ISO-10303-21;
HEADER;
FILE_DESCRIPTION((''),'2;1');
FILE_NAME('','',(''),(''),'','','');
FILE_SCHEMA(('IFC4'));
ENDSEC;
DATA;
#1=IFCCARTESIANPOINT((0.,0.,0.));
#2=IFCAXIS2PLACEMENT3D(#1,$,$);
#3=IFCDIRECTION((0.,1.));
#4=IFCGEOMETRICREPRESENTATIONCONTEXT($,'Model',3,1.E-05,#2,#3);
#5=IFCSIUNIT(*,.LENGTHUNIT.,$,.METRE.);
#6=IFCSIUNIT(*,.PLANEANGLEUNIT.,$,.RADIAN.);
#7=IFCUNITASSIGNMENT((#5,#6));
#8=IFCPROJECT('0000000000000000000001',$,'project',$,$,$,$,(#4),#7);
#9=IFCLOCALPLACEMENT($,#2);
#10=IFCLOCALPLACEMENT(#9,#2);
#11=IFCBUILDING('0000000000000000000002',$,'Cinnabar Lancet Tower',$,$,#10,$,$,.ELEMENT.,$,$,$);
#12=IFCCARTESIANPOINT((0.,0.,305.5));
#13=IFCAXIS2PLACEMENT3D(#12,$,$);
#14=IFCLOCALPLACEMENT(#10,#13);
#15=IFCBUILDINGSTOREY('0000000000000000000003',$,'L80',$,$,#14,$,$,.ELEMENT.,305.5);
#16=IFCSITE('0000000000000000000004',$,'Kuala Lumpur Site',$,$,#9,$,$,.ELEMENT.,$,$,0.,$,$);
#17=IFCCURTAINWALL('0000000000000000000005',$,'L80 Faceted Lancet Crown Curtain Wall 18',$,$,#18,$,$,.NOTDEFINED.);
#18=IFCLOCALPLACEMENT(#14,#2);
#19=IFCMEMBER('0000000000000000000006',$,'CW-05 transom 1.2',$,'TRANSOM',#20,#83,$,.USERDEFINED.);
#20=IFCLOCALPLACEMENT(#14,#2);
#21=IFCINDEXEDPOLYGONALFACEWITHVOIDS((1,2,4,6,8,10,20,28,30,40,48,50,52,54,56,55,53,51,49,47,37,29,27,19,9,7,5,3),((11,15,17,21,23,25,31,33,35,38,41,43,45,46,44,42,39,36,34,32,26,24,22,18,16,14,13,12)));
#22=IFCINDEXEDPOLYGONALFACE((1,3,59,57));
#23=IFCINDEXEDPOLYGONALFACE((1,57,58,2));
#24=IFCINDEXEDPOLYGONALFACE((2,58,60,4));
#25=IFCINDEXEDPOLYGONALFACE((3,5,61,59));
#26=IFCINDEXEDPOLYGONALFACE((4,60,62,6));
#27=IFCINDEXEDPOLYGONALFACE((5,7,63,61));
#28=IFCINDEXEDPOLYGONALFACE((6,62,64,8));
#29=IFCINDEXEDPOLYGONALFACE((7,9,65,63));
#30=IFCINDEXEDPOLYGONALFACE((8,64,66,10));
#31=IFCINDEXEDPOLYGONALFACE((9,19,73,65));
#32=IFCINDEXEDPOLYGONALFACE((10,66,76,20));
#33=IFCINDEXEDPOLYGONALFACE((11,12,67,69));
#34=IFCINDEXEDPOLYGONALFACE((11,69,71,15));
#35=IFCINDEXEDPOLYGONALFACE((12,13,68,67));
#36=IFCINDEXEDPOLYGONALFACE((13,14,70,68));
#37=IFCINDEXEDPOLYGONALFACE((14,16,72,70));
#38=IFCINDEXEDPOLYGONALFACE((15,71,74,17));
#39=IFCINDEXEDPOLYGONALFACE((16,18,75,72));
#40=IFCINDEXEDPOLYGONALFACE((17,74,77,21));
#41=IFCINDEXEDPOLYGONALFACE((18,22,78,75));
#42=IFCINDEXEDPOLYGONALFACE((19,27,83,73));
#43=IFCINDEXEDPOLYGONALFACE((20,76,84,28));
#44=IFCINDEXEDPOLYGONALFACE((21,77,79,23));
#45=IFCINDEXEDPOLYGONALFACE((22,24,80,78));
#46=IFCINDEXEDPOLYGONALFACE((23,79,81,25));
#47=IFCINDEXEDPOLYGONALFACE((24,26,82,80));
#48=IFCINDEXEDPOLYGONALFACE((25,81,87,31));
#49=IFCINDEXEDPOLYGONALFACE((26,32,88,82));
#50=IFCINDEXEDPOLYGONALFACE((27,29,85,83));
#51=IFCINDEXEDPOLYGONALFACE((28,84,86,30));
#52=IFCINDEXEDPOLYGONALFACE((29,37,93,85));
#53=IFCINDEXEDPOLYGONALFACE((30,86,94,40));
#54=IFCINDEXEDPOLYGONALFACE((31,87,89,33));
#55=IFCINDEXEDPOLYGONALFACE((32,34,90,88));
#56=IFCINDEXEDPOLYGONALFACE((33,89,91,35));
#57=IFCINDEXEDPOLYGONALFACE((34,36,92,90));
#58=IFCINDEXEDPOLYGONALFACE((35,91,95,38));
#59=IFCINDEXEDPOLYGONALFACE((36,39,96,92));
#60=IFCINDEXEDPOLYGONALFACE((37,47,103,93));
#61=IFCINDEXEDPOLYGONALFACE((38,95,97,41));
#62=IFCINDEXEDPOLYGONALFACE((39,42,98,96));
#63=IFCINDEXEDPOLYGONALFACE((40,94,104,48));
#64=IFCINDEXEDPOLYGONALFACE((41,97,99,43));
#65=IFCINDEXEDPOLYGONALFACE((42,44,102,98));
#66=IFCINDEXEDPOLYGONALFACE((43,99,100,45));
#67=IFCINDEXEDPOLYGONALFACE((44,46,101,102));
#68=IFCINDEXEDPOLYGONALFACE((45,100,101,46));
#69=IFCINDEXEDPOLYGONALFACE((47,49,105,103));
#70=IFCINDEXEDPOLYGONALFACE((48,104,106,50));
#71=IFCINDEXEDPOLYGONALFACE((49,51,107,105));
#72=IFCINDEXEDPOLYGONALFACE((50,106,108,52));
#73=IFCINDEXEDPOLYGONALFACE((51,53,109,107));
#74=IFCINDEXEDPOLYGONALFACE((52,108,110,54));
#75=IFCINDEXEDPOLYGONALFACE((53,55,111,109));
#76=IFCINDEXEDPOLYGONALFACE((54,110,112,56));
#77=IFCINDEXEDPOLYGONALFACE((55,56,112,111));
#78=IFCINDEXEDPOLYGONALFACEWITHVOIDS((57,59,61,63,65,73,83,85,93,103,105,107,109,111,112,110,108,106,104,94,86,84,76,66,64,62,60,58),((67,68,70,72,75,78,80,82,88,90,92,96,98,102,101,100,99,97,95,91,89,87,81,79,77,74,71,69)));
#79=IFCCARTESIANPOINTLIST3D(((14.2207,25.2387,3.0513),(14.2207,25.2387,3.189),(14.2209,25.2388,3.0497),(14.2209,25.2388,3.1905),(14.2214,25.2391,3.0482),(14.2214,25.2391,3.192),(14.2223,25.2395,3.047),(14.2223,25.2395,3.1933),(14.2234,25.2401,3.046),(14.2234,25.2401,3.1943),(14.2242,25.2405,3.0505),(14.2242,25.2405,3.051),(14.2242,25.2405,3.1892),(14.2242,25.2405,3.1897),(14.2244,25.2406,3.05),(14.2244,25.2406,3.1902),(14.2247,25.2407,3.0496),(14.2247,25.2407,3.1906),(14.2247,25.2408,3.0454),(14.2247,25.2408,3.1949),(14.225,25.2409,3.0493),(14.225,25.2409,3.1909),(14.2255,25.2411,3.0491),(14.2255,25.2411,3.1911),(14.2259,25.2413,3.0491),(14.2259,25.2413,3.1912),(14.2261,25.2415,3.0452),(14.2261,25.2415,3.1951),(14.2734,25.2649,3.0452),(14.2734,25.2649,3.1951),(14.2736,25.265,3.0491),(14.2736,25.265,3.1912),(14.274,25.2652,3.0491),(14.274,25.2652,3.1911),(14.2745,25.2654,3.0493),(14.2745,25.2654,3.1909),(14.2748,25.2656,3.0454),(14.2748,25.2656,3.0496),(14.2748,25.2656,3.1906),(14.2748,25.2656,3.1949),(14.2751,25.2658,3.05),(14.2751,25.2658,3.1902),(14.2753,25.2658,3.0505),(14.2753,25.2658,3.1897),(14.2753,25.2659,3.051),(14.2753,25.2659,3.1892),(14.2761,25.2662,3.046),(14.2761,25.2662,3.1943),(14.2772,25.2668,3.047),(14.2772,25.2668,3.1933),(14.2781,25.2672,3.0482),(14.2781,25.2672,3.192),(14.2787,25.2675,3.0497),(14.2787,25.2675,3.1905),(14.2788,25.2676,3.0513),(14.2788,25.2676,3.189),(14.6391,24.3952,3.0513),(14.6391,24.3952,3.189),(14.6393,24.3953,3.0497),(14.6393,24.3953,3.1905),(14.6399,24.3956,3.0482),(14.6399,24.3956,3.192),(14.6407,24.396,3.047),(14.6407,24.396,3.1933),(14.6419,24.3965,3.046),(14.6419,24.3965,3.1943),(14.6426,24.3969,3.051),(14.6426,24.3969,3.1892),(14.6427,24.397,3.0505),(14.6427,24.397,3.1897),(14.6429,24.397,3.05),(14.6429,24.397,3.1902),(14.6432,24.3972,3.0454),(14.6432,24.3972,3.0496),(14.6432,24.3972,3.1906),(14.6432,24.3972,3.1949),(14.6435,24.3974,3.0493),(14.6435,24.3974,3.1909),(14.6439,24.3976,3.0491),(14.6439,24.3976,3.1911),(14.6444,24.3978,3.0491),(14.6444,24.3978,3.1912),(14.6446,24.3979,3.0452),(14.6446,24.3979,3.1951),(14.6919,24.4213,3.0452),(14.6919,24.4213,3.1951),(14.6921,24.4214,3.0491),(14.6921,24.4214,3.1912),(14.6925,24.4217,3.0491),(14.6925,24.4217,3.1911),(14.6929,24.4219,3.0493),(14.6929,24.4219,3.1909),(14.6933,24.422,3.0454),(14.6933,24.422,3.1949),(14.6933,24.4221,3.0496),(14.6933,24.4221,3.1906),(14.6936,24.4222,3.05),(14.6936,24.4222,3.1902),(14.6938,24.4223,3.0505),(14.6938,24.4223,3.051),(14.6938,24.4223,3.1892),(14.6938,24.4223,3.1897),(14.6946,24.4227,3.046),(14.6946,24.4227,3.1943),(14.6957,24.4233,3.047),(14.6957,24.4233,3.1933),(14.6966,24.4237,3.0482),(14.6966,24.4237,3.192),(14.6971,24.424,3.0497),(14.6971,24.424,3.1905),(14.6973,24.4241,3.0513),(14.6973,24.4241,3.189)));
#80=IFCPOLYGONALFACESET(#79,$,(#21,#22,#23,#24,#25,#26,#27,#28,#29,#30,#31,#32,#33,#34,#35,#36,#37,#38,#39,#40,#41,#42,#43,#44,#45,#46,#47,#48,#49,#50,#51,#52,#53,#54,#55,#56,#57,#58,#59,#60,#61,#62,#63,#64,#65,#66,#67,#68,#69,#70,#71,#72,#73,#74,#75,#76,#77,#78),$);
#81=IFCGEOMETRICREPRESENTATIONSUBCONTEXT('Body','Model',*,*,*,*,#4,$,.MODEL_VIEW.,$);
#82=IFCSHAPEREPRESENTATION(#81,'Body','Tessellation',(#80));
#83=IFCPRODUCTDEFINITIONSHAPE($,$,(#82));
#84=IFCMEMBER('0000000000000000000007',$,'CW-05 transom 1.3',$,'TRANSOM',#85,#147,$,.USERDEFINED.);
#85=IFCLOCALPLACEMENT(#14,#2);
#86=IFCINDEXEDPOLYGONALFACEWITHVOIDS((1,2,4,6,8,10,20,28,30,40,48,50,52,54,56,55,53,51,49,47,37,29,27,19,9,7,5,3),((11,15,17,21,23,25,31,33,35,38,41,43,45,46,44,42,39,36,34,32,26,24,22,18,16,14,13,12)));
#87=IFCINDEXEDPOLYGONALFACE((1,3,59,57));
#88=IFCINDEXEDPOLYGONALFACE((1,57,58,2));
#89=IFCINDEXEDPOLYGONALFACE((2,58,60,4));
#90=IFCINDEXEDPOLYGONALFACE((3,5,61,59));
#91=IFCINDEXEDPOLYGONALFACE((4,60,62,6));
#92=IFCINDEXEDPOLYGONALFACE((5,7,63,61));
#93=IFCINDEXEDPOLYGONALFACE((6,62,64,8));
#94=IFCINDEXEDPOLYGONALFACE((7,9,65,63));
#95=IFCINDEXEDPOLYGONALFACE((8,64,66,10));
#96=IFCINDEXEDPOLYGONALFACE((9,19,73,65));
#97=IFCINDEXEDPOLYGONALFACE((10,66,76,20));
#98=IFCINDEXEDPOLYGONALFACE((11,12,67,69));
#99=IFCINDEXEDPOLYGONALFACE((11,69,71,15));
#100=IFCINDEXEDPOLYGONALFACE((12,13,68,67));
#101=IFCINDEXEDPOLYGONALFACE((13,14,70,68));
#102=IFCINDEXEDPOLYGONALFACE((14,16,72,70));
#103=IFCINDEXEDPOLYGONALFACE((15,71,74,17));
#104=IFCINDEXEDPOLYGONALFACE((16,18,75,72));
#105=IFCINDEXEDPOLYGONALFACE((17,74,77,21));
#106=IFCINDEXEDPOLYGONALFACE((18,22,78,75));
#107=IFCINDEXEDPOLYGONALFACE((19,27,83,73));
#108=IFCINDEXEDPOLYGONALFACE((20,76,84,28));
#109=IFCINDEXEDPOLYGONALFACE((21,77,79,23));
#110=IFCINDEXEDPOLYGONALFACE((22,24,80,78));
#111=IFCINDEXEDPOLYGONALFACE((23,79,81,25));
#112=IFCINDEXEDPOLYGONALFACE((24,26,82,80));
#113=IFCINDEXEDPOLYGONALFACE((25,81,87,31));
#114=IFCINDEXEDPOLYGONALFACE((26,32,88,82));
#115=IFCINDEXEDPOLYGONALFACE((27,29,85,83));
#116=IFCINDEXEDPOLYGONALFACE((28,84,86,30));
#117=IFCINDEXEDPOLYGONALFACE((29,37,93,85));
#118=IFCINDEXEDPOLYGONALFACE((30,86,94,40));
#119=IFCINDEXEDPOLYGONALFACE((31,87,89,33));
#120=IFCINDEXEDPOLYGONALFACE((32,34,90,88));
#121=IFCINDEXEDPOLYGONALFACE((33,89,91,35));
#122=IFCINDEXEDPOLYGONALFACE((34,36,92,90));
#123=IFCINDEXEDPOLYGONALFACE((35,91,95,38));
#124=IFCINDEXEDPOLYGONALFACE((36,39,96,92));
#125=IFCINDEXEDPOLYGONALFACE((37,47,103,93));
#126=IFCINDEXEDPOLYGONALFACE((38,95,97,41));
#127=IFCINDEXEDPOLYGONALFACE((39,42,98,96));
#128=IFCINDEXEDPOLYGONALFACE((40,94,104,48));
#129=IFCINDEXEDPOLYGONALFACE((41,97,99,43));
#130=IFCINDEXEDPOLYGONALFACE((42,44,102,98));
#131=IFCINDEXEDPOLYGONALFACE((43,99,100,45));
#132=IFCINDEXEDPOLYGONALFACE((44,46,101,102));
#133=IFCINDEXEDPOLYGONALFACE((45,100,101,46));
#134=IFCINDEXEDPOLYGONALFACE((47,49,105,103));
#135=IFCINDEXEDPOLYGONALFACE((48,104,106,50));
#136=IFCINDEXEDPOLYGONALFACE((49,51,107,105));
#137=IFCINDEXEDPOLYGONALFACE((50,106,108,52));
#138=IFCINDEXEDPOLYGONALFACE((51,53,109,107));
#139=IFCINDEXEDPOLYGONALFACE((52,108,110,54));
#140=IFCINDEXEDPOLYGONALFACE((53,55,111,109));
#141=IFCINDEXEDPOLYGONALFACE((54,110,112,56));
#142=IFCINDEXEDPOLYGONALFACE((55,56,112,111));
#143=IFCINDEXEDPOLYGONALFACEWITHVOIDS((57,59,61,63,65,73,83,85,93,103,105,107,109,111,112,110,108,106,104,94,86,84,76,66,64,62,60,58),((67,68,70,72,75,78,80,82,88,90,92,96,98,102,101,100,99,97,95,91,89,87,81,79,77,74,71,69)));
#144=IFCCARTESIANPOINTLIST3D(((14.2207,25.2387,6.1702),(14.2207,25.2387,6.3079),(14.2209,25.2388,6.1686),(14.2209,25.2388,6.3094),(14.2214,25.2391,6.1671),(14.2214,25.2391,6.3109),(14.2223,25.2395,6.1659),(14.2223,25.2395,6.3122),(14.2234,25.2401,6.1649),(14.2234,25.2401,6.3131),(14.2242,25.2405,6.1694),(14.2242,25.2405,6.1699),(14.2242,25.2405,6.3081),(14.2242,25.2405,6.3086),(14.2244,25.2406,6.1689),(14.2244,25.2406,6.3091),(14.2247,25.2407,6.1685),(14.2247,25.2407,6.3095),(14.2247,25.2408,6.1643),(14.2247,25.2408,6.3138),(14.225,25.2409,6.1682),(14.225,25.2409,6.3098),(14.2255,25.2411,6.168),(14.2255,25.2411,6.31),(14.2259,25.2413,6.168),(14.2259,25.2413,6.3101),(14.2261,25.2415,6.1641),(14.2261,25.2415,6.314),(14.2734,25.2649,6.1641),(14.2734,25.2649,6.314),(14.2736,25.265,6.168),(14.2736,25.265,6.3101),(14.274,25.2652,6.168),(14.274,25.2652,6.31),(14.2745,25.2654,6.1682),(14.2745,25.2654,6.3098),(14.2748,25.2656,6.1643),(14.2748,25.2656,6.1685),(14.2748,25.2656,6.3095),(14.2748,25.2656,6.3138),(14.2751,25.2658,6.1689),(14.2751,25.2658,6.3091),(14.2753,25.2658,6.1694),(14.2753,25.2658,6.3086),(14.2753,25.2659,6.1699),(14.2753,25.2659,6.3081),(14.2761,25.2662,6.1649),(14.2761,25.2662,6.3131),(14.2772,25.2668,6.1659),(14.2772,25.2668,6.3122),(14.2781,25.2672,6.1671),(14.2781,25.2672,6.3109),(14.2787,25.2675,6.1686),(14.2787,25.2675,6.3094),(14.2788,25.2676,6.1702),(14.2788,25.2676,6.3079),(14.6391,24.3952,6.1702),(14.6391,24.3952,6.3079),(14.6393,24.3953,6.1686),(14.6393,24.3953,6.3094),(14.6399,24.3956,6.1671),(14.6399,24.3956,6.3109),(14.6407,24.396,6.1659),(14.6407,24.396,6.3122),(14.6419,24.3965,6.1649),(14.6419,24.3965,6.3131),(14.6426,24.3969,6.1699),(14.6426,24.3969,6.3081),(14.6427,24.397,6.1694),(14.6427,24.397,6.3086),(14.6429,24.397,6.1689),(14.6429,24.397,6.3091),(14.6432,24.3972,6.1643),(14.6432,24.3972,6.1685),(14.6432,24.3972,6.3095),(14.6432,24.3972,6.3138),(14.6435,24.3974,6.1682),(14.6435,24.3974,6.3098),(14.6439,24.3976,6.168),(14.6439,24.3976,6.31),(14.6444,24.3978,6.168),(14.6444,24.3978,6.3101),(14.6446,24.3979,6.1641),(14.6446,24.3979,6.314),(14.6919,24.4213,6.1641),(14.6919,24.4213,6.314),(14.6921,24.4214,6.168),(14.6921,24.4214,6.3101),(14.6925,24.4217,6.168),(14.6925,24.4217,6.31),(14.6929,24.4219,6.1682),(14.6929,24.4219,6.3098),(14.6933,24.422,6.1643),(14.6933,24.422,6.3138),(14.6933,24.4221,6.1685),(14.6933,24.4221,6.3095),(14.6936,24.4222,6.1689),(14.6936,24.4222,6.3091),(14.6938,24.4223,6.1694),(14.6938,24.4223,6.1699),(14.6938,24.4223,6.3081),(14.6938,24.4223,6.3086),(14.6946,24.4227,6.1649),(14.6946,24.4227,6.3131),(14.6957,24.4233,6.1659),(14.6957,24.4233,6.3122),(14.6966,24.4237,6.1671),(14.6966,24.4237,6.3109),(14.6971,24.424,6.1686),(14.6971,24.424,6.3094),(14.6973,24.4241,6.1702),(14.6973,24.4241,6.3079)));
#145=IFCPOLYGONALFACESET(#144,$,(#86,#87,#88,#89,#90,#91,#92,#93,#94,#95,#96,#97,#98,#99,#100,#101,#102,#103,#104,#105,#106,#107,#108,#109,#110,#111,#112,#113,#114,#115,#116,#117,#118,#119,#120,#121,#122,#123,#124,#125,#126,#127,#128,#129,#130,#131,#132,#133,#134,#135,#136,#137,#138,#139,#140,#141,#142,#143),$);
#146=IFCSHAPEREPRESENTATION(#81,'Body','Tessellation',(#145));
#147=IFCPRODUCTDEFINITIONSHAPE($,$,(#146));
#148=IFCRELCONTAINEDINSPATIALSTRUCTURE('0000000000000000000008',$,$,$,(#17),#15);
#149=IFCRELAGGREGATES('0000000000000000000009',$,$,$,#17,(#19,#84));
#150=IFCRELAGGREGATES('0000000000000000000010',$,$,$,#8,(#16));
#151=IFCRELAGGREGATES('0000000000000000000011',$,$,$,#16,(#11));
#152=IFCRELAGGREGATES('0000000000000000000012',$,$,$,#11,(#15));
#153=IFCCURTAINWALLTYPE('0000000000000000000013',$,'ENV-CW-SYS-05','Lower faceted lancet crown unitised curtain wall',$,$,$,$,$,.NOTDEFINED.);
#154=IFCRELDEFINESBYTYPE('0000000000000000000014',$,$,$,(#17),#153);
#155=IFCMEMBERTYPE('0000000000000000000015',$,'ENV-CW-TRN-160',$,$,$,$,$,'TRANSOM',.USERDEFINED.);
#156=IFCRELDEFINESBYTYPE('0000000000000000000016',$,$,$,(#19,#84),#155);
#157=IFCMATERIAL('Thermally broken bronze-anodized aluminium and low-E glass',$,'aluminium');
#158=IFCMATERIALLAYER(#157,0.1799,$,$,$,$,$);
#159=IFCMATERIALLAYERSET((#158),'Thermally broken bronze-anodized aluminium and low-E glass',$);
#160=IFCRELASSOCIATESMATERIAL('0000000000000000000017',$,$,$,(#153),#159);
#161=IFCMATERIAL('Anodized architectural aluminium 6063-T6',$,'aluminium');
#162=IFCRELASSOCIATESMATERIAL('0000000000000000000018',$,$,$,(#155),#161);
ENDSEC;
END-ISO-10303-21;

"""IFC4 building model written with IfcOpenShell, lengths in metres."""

from ifc_helpers import new_model, si_unit, direction, frame, origin, origin_2d, place, context, subcontext, project, spatial, hollow_rectangle, extrude, material, layer, layer_set, material_profile, profile_set, type_object, element, aggregate, save


model = new_model("IFC4")

# Units and contexts
model_context = context("Model", 3, precision=1e-05, world=origin(), true_north=direction((0.0, 1.0)))
body_context = subcontext(model_context, "Body", "Model", "MODEL_VIEW")
ifc_project = project(units=[si_unit("LENGTHUNIT", "METRE"), si_unit("PLANEANGLEUNIT", "RADIAN")], contexts=[model_context])

# Site, building, storey
site_placement = place(None, origin())
site = spatial("IfcSite", under=ifc_project, at=site_placement, Name="Kuala Lumpur Site", CompositionType="ELEMENT", RefElevation=0.0)
building_placement = place(site_placement, origin())
building = spatial("IfcBuilding", under=site, at=building_placement, Name="Cinnabar Lancet Tower", CompositionType="ELEMENT")
storey_placement = place(building_placement, frame((0.0, 0.0, 305.5)))
storey = spatial("IfcBuildingStorey", under=building, at=storey_placement, Name="L80", CompositionType="ELEMENT", Elevation=305.5)

# Curtain wall
ifc_material_1 = material(Name="Thermally broken bronze-anodized aluminium and low-E glass", Category="aluminium")
ifc_layer_1 = layer(ifc_material_1, 0.1799)
ifc_layer_set_1 = layer_set([ifc_layer_1], Name="Thermally broken bronze-anodized aluminium and low-E glass")
curtain_wall_type = type_object("IfcCurtainWallType", Name="ENV-CW-SYS-05", Description="Lower faceted lancet crown unitised curtain wall", PredefinedType="NOTDEFINED", material=ifc_layer_set_1)
curtain_wall_1_placement = place(storey_placement, origin())
curtain_wall_1 = element("IfcCurtainWall", 1, at=curtain_wall_1_placement, inside=storey, type_object=curtain_wall_type, Name="L80 Faceted Lancet Crown Curtain Wall 18", PredefinedType="NOTDEFINED")

# Members
ifc_material_2 = material(Name="Anodized architectural aluminium 6063-T6", Category="aluminium")
ifc_material_profile_1 = material_profile(ifc_material_2, hollow_rectangle(XDim=0.0649, YDim=0.1499, WallThickness=0.0039, InnerFilletRadius=0.002, OuterFilletRadius=0.0061, at=origin_2d()), Name="CW-TRN 150x65x4")
ifc_profile_set_1 = profile_set([ifc_material_profile_1], Name="Anodized architectural aluminium 6063-T6")
member_type_1 = type_object("IfcMemberType", Name="ENV-CW-TRN-160", ElementType="TRANSOM", PredefinedType="USERDEFINED", material=ifc_profile_set_1)
member_1_placement = place(storey_placement, frame((14.2498, 25.2532, 3.1201), z_axis=(0.444411, -0.895823, 0.0), x_axis=(0.895823, 0.444411, 0.0)))
member_1 = element("IfcMember", 2, at=member_1_placement, type_object=member_type_1, Name="CW-05 transom 1.2", ObjectType="TRANSOM", PredefinedType="USERDEFINED", context=body_context, shape_type="SweptSolid", body=[
    extrude(hollow_rectangle(XDim=0.0649, YDim=0.1499, WallThickness=0.0039, InnerFilletRadius=0.002, OuterFilletRadius=0.0061, at=origin_2d()), origin(), (0.0, 0.0, 1.0), 0.9417),
])
member_2_placement = place(storey_placement, frame((14.2498, 25.2532, 6.239), z_axis=(0.444411, -0.895823, 0.0), x_axis=(0.895823, 0.444411, 0.0)))
member_2 = element("IfcMember", 3, at=member_2_placement, type_object=member_type_1, Name="CW-05 transom 1.3", ObjectType="TRANSOM", PredefinedType="USERDEFINED", context=body_context, shape_type="SweptSolid", body=[
    extrude(hollow_rectangle(XDim=0.0649, YDim=0.1499, WallThickness=0.0039, InnerFilletRadius=0.002, OuterFilletRadius=0.0061, at=origin_2d()), origin(), (0.0, 0.0, 1.0), 0.9417),
])

aggregate(curtain_wall_1, [member_1, member_2])

save(model, "model.ifc")
